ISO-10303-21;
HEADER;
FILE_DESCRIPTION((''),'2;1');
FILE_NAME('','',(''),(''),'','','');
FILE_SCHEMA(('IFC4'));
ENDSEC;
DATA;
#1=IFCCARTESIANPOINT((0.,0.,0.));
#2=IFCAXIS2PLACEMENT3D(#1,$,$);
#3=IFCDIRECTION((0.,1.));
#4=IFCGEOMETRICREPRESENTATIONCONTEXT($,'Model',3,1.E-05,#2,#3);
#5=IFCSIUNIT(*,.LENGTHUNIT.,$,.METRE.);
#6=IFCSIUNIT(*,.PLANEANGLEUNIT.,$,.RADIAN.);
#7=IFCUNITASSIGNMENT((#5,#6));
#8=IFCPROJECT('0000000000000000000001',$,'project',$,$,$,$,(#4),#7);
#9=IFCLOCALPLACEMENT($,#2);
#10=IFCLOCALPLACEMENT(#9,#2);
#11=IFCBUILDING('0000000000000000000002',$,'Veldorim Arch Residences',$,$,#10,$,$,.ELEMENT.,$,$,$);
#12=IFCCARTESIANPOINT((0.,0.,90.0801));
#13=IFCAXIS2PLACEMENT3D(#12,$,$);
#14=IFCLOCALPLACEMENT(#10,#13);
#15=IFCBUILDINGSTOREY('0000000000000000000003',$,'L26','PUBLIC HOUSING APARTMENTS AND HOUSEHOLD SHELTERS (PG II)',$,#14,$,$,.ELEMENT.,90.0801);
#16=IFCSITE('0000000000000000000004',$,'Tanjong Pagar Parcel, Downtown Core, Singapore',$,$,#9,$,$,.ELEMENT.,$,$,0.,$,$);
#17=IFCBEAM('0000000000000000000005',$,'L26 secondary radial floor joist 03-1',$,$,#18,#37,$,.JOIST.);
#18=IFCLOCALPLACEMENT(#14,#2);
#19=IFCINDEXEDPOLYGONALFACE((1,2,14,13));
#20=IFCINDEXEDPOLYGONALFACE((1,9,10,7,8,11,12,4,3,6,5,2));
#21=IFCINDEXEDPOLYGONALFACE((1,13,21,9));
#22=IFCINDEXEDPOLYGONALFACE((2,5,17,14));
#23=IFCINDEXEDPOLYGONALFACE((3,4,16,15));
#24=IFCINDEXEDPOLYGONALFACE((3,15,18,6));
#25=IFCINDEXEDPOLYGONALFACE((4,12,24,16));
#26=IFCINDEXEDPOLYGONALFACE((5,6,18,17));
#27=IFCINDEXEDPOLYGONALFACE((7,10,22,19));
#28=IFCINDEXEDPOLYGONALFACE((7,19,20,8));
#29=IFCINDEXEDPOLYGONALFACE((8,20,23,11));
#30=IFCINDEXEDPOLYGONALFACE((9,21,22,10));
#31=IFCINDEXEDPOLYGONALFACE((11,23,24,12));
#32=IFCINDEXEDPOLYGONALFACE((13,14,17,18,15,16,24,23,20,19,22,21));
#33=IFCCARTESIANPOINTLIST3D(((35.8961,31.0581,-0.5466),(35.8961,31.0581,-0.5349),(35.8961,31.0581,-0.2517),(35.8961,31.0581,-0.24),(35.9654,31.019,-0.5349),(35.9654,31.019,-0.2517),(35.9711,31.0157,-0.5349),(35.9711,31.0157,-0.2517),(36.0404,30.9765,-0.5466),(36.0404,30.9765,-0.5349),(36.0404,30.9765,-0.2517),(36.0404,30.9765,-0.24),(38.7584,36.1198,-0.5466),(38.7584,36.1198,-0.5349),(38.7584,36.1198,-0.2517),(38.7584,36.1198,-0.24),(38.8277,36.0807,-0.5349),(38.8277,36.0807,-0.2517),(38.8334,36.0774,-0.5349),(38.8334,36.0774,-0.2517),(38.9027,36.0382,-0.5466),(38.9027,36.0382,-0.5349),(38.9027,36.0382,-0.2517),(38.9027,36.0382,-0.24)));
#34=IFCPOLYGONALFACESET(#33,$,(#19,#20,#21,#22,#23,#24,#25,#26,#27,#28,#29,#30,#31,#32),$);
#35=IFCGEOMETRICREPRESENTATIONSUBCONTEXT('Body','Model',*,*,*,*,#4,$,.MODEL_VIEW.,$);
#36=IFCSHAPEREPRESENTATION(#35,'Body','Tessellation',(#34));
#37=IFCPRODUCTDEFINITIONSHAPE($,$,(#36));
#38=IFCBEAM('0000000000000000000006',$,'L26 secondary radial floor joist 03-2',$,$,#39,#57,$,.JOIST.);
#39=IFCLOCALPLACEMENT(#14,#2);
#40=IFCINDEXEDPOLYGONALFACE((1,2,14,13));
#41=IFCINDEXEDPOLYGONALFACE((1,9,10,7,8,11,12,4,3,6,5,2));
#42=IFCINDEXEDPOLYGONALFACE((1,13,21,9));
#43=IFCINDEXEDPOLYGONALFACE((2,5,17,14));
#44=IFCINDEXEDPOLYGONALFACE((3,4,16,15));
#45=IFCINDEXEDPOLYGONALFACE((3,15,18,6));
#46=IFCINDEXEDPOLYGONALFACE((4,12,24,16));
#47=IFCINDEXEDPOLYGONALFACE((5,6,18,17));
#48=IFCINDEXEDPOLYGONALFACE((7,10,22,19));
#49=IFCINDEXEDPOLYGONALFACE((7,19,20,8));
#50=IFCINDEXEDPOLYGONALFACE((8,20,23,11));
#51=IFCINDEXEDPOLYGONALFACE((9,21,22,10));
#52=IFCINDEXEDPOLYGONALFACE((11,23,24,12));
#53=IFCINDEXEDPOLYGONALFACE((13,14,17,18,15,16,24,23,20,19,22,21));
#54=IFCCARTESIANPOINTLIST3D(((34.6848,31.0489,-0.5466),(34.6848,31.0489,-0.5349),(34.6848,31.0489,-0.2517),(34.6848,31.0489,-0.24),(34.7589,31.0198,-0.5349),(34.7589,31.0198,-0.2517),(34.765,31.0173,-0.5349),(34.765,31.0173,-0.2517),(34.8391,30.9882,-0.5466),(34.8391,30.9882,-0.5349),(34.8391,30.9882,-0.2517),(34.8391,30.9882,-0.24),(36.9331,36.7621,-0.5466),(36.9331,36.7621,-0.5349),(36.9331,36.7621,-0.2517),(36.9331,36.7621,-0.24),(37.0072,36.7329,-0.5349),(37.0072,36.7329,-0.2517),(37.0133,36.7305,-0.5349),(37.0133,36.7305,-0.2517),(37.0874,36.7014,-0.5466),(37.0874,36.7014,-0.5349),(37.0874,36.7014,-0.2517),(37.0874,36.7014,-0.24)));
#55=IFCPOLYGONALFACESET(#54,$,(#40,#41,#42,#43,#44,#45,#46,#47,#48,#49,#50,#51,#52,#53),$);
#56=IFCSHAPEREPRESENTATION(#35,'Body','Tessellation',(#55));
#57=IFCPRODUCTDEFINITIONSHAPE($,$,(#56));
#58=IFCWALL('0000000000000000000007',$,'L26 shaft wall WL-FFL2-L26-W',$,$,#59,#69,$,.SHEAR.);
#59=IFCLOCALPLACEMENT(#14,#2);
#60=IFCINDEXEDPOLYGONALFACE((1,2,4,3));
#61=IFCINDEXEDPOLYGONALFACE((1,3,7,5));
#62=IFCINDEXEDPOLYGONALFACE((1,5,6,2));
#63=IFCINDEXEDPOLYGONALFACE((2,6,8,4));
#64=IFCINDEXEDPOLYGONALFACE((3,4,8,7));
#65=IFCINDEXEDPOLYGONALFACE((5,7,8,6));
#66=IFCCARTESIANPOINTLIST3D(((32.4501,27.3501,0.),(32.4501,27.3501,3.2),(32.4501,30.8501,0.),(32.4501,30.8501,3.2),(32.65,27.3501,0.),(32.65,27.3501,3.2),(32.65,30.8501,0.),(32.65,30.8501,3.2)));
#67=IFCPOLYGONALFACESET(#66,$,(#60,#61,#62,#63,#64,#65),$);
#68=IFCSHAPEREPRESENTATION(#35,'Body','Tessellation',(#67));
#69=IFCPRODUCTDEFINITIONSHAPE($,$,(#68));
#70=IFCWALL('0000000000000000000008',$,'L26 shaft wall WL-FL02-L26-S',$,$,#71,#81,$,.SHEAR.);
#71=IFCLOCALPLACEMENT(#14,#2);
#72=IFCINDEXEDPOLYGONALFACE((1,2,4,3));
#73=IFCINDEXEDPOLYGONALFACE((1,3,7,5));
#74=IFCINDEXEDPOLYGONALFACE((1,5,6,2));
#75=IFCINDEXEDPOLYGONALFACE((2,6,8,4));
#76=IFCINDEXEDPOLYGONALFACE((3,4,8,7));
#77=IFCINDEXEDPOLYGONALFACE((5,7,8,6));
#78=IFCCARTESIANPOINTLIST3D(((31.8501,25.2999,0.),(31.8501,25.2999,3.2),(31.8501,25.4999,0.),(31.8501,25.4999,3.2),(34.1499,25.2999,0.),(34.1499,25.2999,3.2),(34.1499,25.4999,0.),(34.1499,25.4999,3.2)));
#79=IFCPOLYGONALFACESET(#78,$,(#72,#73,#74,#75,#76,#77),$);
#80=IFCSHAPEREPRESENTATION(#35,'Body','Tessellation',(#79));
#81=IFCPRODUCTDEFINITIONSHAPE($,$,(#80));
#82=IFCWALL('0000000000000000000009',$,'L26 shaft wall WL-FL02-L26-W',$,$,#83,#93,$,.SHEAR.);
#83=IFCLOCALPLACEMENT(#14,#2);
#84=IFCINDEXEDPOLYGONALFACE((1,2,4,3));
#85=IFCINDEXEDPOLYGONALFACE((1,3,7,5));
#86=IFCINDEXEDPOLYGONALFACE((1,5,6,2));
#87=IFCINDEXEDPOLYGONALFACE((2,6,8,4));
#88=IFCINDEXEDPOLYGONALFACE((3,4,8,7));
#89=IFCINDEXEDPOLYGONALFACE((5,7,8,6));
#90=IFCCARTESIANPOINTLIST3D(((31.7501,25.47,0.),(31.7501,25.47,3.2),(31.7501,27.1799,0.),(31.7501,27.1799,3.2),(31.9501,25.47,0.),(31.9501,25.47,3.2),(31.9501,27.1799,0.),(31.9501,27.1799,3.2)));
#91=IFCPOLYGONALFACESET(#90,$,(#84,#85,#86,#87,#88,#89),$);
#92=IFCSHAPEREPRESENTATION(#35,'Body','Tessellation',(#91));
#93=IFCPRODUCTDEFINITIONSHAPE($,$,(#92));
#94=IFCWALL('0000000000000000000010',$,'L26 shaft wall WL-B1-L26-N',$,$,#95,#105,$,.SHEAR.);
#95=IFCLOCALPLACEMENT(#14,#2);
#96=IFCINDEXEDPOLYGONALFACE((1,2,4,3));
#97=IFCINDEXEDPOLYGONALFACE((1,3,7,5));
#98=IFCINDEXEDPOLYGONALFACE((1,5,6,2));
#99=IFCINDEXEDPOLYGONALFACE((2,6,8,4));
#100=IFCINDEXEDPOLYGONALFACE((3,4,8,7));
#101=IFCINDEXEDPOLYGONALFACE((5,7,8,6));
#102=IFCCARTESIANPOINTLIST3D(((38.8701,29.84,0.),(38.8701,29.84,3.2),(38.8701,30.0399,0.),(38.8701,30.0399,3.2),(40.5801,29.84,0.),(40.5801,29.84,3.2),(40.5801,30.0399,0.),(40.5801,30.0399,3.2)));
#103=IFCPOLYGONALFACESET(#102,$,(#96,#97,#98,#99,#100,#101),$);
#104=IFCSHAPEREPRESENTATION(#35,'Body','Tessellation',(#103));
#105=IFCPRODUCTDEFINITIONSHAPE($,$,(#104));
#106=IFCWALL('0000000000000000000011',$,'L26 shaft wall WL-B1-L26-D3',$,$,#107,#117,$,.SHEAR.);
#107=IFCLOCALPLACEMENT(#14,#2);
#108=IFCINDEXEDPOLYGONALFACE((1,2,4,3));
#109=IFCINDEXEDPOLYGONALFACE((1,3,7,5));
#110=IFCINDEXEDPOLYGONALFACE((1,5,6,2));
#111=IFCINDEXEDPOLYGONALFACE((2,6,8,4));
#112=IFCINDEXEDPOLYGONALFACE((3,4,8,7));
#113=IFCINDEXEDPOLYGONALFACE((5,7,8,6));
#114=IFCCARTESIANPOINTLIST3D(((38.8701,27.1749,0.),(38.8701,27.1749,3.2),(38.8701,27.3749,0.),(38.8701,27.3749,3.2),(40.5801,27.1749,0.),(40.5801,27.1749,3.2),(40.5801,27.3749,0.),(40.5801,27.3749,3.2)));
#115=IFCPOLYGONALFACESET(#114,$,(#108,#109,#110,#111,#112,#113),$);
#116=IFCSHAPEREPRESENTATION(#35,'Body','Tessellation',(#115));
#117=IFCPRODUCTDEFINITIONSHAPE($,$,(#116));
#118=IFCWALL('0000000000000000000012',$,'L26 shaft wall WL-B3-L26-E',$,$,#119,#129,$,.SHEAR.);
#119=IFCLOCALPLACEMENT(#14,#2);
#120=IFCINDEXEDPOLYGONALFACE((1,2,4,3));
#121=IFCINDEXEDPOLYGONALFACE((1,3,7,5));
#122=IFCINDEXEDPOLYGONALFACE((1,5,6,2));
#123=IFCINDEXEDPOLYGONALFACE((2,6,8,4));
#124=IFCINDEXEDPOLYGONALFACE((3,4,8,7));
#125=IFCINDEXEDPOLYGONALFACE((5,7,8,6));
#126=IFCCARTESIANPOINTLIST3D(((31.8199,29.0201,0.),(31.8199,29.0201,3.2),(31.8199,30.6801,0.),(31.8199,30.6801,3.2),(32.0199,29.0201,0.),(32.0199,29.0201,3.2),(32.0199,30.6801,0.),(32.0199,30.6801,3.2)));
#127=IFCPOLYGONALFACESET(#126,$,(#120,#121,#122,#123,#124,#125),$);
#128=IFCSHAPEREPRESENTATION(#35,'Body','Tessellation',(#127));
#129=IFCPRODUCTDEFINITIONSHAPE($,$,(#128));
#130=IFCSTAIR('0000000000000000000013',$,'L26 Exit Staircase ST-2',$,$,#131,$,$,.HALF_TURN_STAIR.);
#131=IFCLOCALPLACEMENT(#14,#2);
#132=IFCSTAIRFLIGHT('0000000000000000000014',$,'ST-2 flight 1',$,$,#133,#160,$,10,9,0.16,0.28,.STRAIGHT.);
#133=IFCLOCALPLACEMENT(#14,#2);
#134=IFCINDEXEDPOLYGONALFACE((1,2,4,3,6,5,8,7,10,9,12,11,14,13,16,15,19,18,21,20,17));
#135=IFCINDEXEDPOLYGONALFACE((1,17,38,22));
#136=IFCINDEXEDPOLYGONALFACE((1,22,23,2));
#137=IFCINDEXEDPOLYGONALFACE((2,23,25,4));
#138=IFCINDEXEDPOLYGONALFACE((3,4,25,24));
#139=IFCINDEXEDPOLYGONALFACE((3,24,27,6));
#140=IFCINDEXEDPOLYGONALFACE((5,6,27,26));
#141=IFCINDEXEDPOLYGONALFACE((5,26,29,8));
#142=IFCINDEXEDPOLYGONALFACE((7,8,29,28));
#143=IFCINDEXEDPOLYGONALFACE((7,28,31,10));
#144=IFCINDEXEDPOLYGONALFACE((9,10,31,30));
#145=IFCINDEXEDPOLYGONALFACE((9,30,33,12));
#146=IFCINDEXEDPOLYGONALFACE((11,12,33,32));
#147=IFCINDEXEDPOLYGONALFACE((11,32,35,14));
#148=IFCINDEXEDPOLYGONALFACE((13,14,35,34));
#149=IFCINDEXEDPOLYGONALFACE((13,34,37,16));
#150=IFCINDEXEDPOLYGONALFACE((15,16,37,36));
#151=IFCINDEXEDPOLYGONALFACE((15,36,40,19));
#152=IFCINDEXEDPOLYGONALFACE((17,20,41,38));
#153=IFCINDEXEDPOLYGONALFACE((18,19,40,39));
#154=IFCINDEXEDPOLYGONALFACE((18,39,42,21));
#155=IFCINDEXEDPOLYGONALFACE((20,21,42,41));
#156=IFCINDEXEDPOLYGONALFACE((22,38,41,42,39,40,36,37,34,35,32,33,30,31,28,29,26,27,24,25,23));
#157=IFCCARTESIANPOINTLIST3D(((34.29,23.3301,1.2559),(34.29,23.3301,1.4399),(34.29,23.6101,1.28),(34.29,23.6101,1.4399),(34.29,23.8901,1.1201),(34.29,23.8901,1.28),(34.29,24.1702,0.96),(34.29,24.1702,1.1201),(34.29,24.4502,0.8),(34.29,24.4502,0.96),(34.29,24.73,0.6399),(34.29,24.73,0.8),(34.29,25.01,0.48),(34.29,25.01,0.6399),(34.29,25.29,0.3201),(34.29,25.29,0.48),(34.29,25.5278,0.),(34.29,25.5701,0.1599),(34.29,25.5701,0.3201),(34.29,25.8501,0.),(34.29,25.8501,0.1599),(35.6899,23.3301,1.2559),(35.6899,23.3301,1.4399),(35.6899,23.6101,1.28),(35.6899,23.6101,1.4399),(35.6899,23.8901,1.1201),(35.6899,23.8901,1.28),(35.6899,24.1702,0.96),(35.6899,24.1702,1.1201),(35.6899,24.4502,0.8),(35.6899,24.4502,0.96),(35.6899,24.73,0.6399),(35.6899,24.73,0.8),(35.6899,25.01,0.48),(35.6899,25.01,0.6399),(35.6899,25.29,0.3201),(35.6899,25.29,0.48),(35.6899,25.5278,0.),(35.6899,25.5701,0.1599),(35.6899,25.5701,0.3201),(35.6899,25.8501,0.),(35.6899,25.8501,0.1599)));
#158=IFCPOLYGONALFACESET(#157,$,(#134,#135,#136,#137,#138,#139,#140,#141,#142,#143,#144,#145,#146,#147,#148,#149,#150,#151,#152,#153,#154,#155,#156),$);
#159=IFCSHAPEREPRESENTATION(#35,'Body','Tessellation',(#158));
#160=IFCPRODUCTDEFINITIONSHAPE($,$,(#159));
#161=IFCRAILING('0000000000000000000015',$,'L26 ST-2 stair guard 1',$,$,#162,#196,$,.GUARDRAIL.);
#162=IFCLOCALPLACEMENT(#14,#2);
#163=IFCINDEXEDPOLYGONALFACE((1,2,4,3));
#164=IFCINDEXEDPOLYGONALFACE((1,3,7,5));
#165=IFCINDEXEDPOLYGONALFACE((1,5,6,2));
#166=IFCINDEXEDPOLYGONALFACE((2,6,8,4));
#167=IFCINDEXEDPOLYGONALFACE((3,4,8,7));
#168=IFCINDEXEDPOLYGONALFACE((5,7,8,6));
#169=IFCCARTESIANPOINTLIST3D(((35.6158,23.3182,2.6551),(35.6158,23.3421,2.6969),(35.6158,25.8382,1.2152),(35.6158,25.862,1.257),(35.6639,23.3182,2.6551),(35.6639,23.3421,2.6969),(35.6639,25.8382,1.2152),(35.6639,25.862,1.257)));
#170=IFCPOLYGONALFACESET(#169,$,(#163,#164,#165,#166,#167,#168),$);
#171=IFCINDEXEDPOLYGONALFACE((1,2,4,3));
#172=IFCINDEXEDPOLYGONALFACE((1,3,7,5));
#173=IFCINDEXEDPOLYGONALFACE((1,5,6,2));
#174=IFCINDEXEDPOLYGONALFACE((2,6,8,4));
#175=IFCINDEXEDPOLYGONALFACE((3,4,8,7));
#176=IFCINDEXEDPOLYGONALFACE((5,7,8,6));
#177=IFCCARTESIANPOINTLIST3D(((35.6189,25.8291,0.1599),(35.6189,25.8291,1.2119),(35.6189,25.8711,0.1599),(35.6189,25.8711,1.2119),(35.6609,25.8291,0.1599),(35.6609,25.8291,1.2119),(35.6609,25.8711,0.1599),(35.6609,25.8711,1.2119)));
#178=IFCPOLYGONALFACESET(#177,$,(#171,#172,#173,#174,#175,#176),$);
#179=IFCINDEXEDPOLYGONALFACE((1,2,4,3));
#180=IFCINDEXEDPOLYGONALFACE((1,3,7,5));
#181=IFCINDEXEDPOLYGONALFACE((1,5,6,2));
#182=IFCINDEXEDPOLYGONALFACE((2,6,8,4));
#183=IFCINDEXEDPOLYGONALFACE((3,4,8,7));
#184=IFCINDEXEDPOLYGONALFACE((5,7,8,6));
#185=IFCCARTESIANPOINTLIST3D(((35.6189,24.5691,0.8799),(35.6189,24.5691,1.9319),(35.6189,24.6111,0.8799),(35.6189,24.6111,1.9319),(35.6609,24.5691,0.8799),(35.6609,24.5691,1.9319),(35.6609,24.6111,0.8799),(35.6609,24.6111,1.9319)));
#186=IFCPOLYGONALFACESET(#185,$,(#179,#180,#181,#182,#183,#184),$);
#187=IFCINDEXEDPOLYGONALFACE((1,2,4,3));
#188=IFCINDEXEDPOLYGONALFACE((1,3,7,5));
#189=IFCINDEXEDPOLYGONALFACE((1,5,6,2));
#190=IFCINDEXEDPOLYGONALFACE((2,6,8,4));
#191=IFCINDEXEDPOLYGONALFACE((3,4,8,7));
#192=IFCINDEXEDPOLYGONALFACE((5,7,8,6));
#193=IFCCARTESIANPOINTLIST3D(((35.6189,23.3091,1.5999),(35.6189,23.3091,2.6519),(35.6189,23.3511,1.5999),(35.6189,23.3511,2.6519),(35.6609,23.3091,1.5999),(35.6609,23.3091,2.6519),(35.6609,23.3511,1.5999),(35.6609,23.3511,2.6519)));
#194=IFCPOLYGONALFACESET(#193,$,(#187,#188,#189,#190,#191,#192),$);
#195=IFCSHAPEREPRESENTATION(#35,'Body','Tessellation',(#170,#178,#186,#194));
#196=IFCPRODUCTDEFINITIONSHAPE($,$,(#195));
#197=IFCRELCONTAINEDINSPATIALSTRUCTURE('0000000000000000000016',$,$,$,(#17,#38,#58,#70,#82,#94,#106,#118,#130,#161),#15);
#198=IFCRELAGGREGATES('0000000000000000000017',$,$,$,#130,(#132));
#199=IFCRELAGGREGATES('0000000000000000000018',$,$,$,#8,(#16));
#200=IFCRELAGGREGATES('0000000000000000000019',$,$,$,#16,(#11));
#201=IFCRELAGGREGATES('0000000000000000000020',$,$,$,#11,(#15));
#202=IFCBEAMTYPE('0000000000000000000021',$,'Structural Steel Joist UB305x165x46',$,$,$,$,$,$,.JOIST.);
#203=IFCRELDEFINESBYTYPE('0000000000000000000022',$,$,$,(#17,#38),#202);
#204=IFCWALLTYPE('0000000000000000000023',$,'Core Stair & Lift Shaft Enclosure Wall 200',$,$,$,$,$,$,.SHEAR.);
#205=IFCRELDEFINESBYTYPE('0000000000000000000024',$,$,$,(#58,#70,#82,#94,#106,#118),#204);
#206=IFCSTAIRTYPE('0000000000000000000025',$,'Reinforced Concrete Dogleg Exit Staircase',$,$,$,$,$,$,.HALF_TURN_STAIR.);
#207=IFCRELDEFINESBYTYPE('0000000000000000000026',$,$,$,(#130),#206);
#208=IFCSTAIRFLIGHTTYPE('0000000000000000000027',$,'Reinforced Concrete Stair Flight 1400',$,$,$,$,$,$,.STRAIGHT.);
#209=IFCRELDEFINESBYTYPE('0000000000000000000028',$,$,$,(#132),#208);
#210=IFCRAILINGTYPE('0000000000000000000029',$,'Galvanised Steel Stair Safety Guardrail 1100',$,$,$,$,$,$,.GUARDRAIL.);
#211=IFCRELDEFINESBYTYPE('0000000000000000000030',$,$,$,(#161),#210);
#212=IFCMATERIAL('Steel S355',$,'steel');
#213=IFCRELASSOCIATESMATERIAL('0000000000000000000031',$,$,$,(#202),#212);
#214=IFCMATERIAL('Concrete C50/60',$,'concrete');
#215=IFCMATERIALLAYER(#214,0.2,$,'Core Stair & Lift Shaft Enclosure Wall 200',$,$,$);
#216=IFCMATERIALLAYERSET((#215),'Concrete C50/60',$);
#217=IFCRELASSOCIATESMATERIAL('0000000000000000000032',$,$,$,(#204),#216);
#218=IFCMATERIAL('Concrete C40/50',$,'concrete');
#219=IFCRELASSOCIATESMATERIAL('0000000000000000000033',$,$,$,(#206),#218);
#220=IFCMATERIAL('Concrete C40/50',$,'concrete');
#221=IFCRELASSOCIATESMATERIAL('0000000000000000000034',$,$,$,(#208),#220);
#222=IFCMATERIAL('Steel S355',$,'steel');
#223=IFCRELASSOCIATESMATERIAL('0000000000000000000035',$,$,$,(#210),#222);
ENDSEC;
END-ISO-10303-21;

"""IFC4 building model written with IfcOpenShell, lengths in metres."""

from ifc_helpers import new_model, si_unit, direction, frame, frame_2d, origin, origin_2d, place, context, subcontext, project, spatial, polyline, rectangle, i_section, outline, extrude, material, layer, layer_set, material_profile, profile_set, type_object, element, aggregate, save


model = new_model("IFC4")

# Units and contexts
model_context = context("Model", 3, precision=1e-05, world=origin(), true_north=direction((0.0, 1.0)))
body_context = subcontext(model_context, "Body", "Model", "MODEL_VIEW")
ifc_project = project(units=[si_unit("LENGTHUNIT", "METRE"), si_unit("PLANEANGLEUNIT", "RADIAN")], contexts=[model_context])

# Site, building, storey
site_placement = place(None, origin())
site = spatial("IfcSite", under=ifc_project, at=site_placement, Name="Tanjong Pagar Parcel, Downtown Core, Singapore", CompositionType="ELEMENT", RefElevation=0.0)
building_placement = place(site_placement, origin())
building = spatial("IfcBuilding", under=site, at=building_placement, Name="Veldorim Arch Residences", CompositionType="ELEMENT")
storey_placement = place(building_placement, frame((0.0, 0.0, 90.0801)))
storey = spatial("IfcBuildingStorey", under=building, at=storey_placement, Name="L26", Description="PUBLIC HOUSING APARTMENTS AND HOUSEHOLD SHELTERS (PG II)", CompositionType="ELEMENT", Elevation=90.0801)

# Beams
ifc_material_1 = material(Name="Steel S355", Category="steel")
ifc_material_profile_1 = material_profile(ifc_material_1, i_section(OverallWidth=0.1658, OverallDepth=0.3066, WebThickness=0.0066, FlangeThickness=0.0117, at=origin_2d()), Name="UB305x165x46")
ifc_profile_set_1 = profile_set([ifc_material_profile_1], Name="Steel S355")
beam_type_1 = type_object("IfcBeamType", Name="Structural Steel Joist UB305x165x46", PredefinedType="JOIST", material=ifc_profile_set_1)
beam_1_placement = place(storey_placement, frame((35.9683, 31.0173, -0.3933), z_axis=(0.492227, 0.870467, 0.0), x_axis=(-0.870467, 0.492227, 0.0)))
element("IfcBeam", 1, at=beam_1_placement, inside=storey, type_object=beam_type_1, Name="L26 secondary radial floor joist 03-1", PredefinedType="JOIST", context=body_context, shape_type="SweptSolid", body=[
    extrude(i_section(OverallWidth=0.1658, OverallDepth=0.3066, WebThickness=0.0066, FlangeThickness=0.0117, at=origin_2d()), origin(), (0.0, 0.0, 1.0), 5.8149),
])
beam_2_placement = place(storey_placement, frame((34.762, 31.0186, -0.3933), z_axis=(0.366195, 0.930538, 0.0), x_axis=(-0.930538, 0.366195, 0.0)))
element("IfcBeam", 2, at=beam_2_placement, inside=storey, type_object=beam_type_1, Name="L26 secondary radial floor joist 03-2", PredefinedType="JOIST", context=body_context, shape_type="SweptSolid", body=[
    extrude(i_section(OverallWidth=0.1658, OverallDepth=0.3066, WebThickness=0.0066, FlangeThickness=0.0117, at=origin_2d()), origin(), (0.0, 0.0, 1.0), 6.1396),
])

# Shared definitions
ifc_material_2 = material(Name="Concrete C50/60", Category="concrete")
ifc_layer = layer(ifc_material_2, 0.2, Name="Core Stair & Lift Shaft Enclosure Wall 200")
ifc_layer_set = layer_set([ifc_layer], Name="Concrete C50/60")
wall_type = type_object("IfcWallType", Name="Core Stair & Lift Shaft Enclosure Wall 200", PredefinedType="SHEAR", material=ifc_layer_set)

# Wall
wall_1_placement = place(storey_placement, frame((32.55, 27.3501, 0.0), z_axis=(0.0, 0.0, 1.0), x_axis=(0.0, 1.0, 0.0)))
element("IfcWall", 3, at=wall_1_placement, inside=storey, type_object=wall_type, Name="L26 shaft wall WL-FFL2-L26-W", PredefinedType="SHEAR", context=body_context, shape_type="SweptSolid", body=[
    extrude(rectangle(XDim=3.5, YDim=0.2, at=frame_2d((1.75, 0.0))), origin(), (0.0, 0.0, 1.0), 3.2),
])

# Walls
wall_2_placement = place(storey_placement, frame((31.8501, 25.3999, 0.0), z_axis=(0.0, 0.0, 1.0), x_axis=(1.0, 0.0, 0.0)))
element("IfcWall", 4, at=wall_2_placement, inside=storey, type_object=wall_type, Name="L26 shaft wall WL-FL02-L26-S", PredefinedType="SHEAR", context=body_context, shape_type="SweptSolid", body=[
    extrude(rectangle(XDim=2.2998, YDim=0.2, at=frame_2d((1.1499, 0.0))), origin(), (0.0, 0.0, 1.0), 3.2),
])
for number, where, z_axis, x_axis, name in (
    (5, (31.8501, 25.47, 0.0), (0.0, 0.0, 1.0), (0.0, 1.0, 0.0), "L26 shaft wall WL-FL02-L26-W"),
    (6, (38.8701, 29.9399, 0.0), (0.0, 0.0, 1.0), (1.0, 0.0, 0.0), "L26 shaft wall WL-B1-L26-N"),
    (7, (38.8701, 27.2749, 0.0), (0.0, 0.0, 1.0), (1.0, 0.0, 0.0), "L26 shaft wall WL-B1-L26-D3"),
):
    element("IfcWall", number, at=place(storey_placement, frame(where, z_axis=z_axis, x_axis=x_axis)), inside=storey, type_object=wall_type, Name=name, PredefinedType="SHEAR", context=body_context, shape_type="SweptSolid", body=[
        extrude(rectangle(XDim=1.71, YDim=0.2, at=frame_2d((0.855, 0.0))), origin(), (0.0, 0.0, 1.0), 3.2),
    ])
wall_3_placement = place(storey_placement, frame((31.9199, 29.02, 0.0), z_axis=(0.0, 0.0, 1.0), x_axis=(0.0, 1.0, 0.0)))
element("IfcWall", 8, at=wall_3_placement, inside=storey, type_object=wall_type, Name="L26 shaft wall WL-B3-L26-E", PredefinedType="SHEAR", context=body_context, shape_type="SweptSolid", body=[
    extrude(rectangle(XDim=1.6599, YDim=0.2, at=frame_2d((0.8301, 0.0))), origin(), (0.0, 0.0, 1.0), 3.2),
])

# Stair, stair flight
ifc_material_3 = material(Name="Concrete C40/50", Category="concrete")
stair_type = type_object("IfcStairType", Name="Reinforced Concrete Dogleg Exit Staircase", PredefinedType="HALF_TURN_STAIR", material=ifc_material_3)
stair_placement = place(storey_placement, origin())
stair = element("IfcStair", 9, at=stair_placement, inside=storey, type_object=stair_type, Name="L26 Exit Staircase ST-2", PredefinedType="HALF_TURN_STAIR")
ifc_material_4 = material(Name="Concrete C40/50", Category="concrete")
stair_flight_type = type_object("IfcStairFlightType", Name="Reinforced Concrete Stair Flight 1400", PredefinedType="STRAIGHT", material=ifc_material_4)
stair_flight_placement = place(storey_placement, frame((34.99, 25.8501, 0.0), z_axis=(0.0, 0.0, 1.0), x_axis=(0.0, -1.0, 0.0)))
stair_flight = element("IfcStairFlight", 10, at=stair_flight_placement, type_object=stair_flight_type, Name="ST-2 flight 1", NumberOfRisers=10, NumberOfTreads=9, PredefinedType="STRAIGHT", RiserHeight=0.16, TreadLength=0.28, context=body_context, shape_type="SweptSolid", body=[
    extrude(outline(polyline([(0.0, 0.0), (0.0, 0.1599), (0.28, 0.1599), (0.28, 0.3201), (0.5601, 0.3201), (0.5601, 0.48), (0.8401, 0.48), (0.8401, 0.6399), (1.1201, 0.6399), (1.1201, 0.8), (1.3999, 0.8), (1.3999, 0.96), (1.6799, 0.96), (1.6799, 1.1201), (1.96, 1.1201), (1.96, 1.28), (2.24, 1.28), (2.24, 1.4399), (2.52, 1.4399), (2.52, 1.6001), (2.52, 1.2559), (0.3223, 0.0), (0.0, 0.0)])), frame((0.0, 0.7, 0.0), z_axis=(0.0, -1.0, 0.0), x_axis=(1.0, 0.0, 0.0)), (0.0, 0.0, 1.0), 1.3999),
])
aggregate(stair, [stair_flight])

# Railing
ifc_material_5 = material(Name="Steel S355", Category="steel")
railing_type_1 = type_object("IfcRailingType", Name="Galvanised Steel Stair Safety Guardrail 1100", PredefinedType="GUARDRAIL", material=ifc_material_5)
railing_1_placement = place(storey_placement, frame((35.6399, 25.8501, 0.1599)))
element("IfcRailing", 11, at=railing_1_placement, inside=storey, type_object=railing_type_1, Name="L26 ST-2 stair guard 1", PredefinedType="GUARDRAIL", context=body_context, shape_type="SweptSolid", body=[
    extrude(rectangle(XDim=0.0481, YDim=0.0481, at=origin_2d()), frame((0.0, 0.0, 1.0762), z_axis=(0.0, -0.868253, 0.496121), x_axis=(1.0, 0.0, 0.0)), (0.0, 0.0, 1.0), 2.9023),
    extrude(rectangle(XDim=0.042, YDim=0.042, at=origin_2d()), origin(), (0.0, 0.0, 1.0), 1.052),
    extrude(rectangle(XDim=0.042, YDim=0.042, at=origin_2d()), frame((0.0, -1.26, 0.72)), (0.0, 0.0, 1.0), 1.052),
    extrude(rectangle(XDim=0.042, YDim=0.042, at=origin_2d()), frame((0.0, -2.52, 1.4399)), (0.0, 0.0, 1.0), 1.052),
])

save(model, "model.ifc")
